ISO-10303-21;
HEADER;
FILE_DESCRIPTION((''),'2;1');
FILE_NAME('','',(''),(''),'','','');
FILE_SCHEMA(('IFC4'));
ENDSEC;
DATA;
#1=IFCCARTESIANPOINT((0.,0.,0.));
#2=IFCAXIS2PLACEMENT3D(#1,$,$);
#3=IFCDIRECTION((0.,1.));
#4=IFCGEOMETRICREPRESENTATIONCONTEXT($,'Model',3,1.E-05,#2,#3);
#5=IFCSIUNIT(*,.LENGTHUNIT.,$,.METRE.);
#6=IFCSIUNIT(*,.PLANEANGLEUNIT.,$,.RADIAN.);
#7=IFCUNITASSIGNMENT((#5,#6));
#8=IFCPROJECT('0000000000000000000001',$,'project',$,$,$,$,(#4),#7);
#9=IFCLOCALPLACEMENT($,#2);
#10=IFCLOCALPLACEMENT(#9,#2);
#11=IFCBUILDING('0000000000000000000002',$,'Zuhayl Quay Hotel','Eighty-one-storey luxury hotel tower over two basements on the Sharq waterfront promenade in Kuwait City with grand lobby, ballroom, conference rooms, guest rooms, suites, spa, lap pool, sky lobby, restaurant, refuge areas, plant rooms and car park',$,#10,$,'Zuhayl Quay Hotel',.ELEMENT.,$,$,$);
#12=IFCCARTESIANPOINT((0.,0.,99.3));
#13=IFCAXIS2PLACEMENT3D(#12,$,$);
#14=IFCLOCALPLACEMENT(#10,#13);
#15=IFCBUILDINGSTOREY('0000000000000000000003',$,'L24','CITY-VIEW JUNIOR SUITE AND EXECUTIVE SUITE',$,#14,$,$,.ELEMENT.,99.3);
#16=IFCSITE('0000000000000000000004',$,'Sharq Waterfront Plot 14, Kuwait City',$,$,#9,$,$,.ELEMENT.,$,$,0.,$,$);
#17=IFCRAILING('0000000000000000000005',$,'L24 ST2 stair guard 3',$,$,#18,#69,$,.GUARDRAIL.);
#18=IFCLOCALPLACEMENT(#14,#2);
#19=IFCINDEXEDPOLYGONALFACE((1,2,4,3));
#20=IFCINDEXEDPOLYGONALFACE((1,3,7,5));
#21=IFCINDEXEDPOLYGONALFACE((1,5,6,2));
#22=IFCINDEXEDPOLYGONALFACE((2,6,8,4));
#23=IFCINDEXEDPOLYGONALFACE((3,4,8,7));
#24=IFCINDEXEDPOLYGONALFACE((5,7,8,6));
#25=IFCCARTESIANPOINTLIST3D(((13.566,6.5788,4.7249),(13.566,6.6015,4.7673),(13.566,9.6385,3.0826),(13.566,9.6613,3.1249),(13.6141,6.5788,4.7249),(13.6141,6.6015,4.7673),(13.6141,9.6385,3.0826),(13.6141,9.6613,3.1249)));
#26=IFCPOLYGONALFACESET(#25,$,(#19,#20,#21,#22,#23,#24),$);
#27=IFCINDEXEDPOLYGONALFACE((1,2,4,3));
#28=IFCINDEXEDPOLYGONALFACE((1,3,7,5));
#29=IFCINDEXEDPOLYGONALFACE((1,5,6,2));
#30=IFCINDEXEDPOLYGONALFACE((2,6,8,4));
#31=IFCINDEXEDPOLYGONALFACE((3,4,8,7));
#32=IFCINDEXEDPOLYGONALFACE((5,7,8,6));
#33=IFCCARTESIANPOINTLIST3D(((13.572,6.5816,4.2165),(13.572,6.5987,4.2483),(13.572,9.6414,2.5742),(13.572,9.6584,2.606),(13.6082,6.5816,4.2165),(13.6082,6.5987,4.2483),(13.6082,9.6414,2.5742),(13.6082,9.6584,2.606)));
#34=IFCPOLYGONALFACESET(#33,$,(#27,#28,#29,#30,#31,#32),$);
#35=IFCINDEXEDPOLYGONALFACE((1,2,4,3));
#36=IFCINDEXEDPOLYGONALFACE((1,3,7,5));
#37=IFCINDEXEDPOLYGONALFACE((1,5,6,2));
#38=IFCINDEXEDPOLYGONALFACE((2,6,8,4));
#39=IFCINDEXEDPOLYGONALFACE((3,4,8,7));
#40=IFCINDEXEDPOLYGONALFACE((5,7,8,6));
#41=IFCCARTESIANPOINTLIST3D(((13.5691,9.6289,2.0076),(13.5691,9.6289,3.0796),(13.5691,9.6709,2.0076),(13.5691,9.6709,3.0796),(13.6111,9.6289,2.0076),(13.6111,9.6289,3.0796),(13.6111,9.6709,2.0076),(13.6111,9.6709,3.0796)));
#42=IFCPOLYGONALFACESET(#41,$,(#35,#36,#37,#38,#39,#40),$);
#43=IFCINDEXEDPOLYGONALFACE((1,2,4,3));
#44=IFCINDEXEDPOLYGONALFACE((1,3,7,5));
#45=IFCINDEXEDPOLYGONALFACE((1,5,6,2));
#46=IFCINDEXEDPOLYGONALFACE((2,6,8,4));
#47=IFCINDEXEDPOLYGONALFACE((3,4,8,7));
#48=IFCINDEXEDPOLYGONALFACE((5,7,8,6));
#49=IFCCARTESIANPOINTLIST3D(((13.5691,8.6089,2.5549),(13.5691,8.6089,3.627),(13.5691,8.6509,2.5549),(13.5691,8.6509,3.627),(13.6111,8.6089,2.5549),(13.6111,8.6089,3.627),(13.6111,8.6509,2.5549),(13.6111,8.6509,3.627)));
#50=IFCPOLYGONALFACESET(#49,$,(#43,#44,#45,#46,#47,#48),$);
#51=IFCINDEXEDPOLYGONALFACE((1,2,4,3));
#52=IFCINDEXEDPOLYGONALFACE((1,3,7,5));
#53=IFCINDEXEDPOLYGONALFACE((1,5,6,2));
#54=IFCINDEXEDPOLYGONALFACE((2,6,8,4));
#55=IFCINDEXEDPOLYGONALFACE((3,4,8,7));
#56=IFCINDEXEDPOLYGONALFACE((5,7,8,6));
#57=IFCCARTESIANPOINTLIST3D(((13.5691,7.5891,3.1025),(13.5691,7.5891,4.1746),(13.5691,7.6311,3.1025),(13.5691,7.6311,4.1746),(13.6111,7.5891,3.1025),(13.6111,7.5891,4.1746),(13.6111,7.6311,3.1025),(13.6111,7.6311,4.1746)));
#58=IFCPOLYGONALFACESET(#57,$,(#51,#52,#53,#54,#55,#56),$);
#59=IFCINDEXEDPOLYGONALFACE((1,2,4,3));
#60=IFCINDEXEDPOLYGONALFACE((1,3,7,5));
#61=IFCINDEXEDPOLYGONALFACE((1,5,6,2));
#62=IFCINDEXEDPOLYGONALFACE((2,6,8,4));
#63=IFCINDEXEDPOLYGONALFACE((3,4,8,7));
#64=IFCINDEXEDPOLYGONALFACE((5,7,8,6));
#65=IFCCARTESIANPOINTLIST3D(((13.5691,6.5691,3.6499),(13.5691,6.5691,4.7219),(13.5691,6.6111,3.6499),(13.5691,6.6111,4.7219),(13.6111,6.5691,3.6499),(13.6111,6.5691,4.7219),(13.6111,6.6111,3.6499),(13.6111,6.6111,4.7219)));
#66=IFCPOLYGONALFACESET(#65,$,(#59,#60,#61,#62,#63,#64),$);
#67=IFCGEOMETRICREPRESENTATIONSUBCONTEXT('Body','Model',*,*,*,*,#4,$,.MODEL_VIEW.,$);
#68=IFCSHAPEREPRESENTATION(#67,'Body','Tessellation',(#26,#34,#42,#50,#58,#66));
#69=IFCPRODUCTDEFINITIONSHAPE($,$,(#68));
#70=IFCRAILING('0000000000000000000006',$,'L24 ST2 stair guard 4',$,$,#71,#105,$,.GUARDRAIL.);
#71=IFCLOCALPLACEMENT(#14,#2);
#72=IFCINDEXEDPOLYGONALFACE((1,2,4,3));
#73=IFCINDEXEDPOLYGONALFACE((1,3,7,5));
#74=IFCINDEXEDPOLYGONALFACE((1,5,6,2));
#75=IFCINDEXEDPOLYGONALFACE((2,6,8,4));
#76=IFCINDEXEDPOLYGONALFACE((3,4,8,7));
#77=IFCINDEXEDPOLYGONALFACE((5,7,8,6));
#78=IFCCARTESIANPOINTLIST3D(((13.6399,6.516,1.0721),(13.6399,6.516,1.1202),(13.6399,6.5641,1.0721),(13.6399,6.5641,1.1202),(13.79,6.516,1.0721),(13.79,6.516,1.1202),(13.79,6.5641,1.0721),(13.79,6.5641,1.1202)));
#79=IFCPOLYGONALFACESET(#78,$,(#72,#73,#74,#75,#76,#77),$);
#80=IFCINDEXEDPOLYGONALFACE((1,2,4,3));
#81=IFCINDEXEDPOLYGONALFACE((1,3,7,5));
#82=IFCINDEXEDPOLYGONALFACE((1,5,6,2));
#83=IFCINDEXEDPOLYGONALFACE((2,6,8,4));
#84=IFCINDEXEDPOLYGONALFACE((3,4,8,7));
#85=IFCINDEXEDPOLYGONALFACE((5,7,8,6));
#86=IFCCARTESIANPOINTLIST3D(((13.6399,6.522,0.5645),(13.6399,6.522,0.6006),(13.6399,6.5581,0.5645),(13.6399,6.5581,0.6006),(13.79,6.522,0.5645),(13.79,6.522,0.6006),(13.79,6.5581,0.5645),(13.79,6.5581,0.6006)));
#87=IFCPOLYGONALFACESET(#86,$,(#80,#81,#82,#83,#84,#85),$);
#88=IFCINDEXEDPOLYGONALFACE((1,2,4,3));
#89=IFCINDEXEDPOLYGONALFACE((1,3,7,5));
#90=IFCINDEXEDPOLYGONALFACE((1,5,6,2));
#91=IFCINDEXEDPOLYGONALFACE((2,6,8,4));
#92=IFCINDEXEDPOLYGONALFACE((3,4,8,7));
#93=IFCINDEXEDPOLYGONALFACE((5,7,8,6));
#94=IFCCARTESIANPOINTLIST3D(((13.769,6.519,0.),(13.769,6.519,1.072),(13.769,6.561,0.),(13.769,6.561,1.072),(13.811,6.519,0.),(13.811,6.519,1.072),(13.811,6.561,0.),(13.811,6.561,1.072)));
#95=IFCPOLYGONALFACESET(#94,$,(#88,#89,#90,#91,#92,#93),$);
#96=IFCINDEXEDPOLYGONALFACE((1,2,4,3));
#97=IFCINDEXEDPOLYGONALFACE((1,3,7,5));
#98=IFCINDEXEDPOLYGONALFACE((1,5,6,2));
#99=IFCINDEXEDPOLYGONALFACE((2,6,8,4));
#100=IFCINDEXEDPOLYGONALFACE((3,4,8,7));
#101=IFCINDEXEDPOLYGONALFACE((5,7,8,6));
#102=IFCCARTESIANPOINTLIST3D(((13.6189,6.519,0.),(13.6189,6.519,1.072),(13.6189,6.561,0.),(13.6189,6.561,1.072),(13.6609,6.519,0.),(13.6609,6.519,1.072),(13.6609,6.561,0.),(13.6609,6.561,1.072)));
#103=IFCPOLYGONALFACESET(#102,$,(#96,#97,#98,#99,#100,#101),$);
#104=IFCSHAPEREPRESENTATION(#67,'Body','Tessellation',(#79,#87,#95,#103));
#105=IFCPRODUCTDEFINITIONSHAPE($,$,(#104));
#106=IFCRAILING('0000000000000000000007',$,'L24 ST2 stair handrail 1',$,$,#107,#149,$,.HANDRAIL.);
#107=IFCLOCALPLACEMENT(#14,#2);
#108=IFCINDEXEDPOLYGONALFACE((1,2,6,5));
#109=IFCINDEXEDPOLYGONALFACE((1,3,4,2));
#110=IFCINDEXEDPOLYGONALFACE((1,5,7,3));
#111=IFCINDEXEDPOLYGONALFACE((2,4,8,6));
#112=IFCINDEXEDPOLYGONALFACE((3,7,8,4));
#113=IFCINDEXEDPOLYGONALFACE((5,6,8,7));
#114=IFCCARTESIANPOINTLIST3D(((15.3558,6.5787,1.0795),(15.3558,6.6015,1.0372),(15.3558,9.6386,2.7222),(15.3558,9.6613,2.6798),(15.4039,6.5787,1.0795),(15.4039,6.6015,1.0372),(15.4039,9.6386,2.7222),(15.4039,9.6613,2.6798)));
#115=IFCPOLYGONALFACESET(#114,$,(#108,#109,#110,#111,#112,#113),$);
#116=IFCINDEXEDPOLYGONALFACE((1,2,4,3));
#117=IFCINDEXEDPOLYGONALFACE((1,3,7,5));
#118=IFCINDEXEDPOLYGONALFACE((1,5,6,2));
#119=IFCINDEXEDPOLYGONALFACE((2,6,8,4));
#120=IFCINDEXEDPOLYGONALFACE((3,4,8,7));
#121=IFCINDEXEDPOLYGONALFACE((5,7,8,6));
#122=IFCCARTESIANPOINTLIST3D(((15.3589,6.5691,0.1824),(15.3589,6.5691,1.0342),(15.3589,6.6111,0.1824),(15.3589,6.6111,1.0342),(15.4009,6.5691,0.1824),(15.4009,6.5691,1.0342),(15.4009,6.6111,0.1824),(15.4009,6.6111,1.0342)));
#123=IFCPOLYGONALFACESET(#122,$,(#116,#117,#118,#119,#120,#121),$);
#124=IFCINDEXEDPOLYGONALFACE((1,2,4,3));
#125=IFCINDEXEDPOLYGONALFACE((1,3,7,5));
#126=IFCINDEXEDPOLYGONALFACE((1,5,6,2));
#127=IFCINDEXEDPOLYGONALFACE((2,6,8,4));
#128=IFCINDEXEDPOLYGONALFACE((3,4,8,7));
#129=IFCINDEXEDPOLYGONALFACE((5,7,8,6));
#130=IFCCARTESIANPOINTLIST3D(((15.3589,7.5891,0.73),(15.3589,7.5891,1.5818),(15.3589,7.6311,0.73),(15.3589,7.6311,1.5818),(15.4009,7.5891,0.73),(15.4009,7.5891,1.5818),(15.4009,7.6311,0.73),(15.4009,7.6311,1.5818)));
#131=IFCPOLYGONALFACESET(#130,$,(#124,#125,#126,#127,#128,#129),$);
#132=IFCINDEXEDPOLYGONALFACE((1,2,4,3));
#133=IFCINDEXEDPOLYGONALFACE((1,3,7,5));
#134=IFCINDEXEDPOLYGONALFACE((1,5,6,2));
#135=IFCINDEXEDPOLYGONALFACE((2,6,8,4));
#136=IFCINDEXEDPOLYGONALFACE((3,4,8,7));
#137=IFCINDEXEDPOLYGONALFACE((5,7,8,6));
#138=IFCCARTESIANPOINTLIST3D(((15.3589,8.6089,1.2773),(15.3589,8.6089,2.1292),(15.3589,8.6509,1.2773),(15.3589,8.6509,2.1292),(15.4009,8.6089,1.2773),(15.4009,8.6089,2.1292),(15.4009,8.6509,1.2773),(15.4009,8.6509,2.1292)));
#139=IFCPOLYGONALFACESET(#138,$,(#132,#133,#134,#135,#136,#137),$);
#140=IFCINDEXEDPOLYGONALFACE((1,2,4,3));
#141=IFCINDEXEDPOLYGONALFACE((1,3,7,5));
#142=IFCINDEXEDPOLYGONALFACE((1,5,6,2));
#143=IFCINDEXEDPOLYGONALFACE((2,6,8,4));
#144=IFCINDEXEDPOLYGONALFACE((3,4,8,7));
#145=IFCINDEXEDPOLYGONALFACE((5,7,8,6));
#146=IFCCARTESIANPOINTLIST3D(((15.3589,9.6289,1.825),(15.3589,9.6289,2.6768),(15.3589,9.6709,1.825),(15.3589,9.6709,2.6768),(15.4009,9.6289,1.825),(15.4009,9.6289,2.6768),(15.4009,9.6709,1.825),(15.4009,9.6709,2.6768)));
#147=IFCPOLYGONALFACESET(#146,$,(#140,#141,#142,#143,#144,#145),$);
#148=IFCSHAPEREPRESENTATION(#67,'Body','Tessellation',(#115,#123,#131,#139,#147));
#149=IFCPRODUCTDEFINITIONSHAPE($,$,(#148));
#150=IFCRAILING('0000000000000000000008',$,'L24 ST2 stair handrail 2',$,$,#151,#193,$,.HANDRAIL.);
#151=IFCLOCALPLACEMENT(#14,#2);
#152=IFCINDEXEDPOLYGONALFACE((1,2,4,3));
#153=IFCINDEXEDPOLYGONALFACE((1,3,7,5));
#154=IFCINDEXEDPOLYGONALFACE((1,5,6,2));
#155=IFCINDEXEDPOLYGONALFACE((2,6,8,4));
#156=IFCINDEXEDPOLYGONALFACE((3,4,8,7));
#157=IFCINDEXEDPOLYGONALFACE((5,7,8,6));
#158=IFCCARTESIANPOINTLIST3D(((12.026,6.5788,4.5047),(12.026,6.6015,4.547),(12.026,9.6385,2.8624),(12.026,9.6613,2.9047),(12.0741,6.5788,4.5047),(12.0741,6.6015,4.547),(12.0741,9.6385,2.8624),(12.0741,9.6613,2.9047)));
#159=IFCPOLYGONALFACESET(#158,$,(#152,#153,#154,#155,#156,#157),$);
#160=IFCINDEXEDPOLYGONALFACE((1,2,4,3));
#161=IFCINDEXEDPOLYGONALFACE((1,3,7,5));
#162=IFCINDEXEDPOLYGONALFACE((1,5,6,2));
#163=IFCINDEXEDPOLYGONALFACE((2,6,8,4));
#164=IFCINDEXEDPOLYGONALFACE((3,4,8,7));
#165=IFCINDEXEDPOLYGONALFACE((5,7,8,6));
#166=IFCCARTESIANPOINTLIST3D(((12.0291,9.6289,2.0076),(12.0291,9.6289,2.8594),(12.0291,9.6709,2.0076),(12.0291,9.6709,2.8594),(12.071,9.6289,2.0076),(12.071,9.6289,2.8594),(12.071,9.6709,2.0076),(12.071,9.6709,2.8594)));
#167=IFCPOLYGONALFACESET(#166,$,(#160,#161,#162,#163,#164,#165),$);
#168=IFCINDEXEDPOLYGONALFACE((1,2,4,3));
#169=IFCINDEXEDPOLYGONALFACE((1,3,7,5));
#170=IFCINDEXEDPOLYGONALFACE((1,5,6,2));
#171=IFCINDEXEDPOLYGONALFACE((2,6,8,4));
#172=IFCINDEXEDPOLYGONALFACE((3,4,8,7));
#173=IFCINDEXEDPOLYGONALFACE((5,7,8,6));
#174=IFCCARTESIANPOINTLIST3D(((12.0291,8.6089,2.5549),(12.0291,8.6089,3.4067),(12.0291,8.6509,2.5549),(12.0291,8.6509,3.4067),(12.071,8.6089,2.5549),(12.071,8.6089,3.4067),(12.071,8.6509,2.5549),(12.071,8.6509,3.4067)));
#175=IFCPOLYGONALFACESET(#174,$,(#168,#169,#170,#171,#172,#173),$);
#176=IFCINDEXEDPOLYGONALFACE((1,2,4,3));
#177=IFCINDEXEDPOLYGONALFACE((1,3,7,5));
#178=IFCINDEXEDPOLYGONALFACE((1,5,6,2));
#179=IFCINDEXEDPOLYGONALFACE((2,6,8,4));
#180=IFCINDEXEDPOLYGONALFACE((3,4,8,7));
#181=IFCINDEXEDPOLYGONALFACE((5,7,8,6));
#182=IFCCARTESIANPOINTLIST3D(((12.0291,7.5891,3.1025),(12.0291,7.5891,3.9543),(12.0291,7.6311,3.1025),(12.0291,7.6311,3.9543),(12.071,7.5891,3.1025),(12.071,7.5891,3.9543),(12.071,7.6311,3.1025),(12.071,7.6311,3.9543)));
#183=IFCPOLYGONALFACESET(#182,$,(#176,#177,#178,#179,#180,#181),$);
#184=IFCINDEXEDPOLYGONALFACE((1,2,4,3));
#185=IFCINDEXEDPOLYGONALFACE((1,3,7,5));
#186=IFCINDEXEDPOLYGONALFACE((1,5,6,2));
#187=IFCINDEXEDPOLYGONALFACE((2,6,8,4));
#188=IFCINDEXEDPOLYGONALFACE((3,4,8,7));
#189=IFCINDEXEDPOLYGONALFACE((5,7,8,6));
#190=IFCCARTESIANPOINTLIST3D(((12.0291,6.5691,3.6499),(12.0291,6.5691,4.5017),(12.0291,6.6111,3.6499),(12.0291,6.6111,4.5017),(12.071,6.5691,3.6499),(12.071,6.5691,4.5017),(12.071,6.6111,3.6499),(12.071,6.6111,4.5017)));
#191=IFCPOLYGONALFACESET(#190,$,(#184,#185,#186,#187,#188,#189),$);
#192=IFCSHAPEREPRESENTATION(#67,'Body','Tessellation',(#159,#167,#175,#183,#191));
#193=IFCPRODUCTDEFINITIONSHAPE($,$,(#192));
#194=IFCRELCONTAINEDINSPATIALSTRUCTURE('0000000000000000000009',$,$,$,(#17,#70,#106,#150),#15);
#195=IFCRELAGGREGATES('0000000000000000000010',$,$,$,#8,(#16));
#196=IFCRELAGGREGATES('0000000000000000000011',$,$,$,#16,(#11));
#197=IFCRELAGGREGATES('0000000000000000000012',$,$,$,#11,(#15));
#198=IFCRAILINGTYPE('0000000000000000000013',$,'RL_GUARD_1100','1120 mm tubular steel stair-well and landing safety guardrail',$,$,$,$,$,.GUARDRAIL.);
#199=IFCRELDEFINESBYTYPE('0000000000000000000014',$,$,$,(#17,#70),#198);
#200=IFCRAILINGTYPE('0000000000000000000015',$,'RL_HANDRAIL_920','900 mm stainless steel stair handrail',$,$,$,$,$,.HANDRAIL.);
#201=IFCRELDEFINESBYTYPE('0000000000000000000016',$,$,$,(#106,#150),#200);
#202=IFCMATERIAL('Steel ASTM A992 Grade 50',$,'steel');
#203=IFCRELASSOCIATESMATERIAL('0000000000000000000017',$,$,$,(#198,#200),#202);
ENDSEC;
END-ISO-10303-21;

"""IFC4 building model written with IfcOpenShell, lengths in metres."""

from ifc_helpers import new_model, si_unit, direction, frame, origin, origin_2d, place, context, subcontext, project, spatial, rectangle, extrude, material, type_object, element, save


model = new_model("IFC4")

# Units and contexts
model_context = context("Model", 3, precision=1e-05, world=origin(), true_north=direction((0.0, 1.0)))
body_context = subcontext(model_context, "Body", "Model", "MODEL_VIEW")
ifc_project = project(units=[si_unit("LENGTHUNIT", "METRE"), si_unit("PLANEANGLEUNIT", "RADIAN")], contexts=[model_context])

# Site, building, storey
site_placement = place(None, origin())
site = spatial("IfcSite", under=ifc_project, at=site_placement, Name="Sharq Waterfront Plot 14, Kuwait City", CompositionType="ELEMENT", RefElevation=0.0)
building_placement = place(site_placement, origin())
building = spatial("IfcBuilding", under=site, at=building_placement, Name="Zuhayl Quay Hotel", Description="Eighty-one-storey luxury hotel tower over two basements on the Sharq waterfront promenade in Kuwait City with grand lobby, ballroom, conference rooms, guest rooms, suites, spa, lap pool, sky lobby, restaurant, refuge areas, plant rooms and car park", LongName="Zuhayl Quay Hotel", CompositionType="ELEMENT")
storey_placement = place(building_placement, frame((0.0, 0.0, 99.3)))
storey = spatial("IfcBuildingStorey", under=building, at=storey_placement, Name="L24", Description="CITY-VIEW JUNIOR SUITE AND EXECUTIVE SUITE", CompositionType="ELEMENT", Elevation=99.3)

# Shared definitions
ifc_material_1 = material(Name="Steel ASTM A992 Grade 50", Category="steel")

# Railings
railing_type_1 = type_object("IfcRailingType", Name="RL_GUARD_1100", Description="1120 mm tubular steel stair-well and landing safety guardrail", PredefinedType="GUARDRAIL", material=ifc_material_1)
railing_1_placement = place(storey_placement, frame((13.5901, 9.6499, 2.0076)))
element("IfcRailing", 1, at=railing_1_placement, inside=storey, type_object=railing_type_1, Name="L24 ST2 stair guard 3", PredefinedType="GUARDRAIL", context=body_context, shape_type="SweptSolid", body=[
    extrude(rectangle(XDim=0.0481, YDim=0.0481, at=origin_2d()), frame((0.0, 0.0, 1.0962), z_axis=(0.0, -0.881102, 0.472926), x_axis=(1.0, 0.0, 0.0)), (0.0, 0.0, 1.0), 3.4727),
    extrude(rectangle(XDim=0.0361, YDim=0.0361, at=origin_2d()), frame((0.0, 0.0, 0.5825), z_axis=(0.0, -0.881102, 0.472926), x_axis=(1.0, 0.0, 0.0)), (0.0, 0.0, 1.0), 3.4727),
    extrude(rectangle(XDim=0.042, YDim=0.042, at=origin_2d()), origin(), (0.0, 0.0, 1.0), 1.072),
    extrude(rectangle(XDim=0.042, YDim=0.042, at=origin_2d()), frame((0.0, -1.02, 0.5474)), (0.0, 0.0, 1.0), 1.072),
    extrude(rectangle(XDim=0.042, YDim=0.042, at=origin_2d()), frame((0.0, -2.0398, 1.095)), (0.0, 0.0, 1.0), 1.072),
    extrude(rectangle(XDim=0.042, YDim=0.042, at=origin_2d()), frame((0.0, -3.0598, 1.6423)), (0.0, 0.0, 1.0), 1.072),
])
railing_2_placement = place(storey_placement, frame((13.79, 6.54, 0.0)))
element("IfcRailing", 2, at=railing_2_placement, inside=storey, type_object=railing_type_1, Name="L24 ST2 stair guard 4", PredefinedType="GUARDRAIL", context=body_context, shape_type="SweptSolid", body=[
    extrude(rectangle(XDim=0.0481, YDim=0.0481, at=origin_2d()), frame((0.0, 0.0, 1.0962), z_axis=(-1.0, 0.0, 0.0), x_axis=(0.0, -1.0, 0.0)), (0.0, 0.0, 1.0), 0.1501),
    extrude(rectangle(XDim=0.0361, YDim=0.0361, at=origin_2d()), frame((0.0, 0.0, 0.5825), z_axis=(-1.0, 0.0, 0.0), x_axis=(0.0, -1.0, 0.0)), (0.0, 0.0, 1.0), 0.1501),
    extrude(rectangle(XDim=0.042, YDim=0.042, at=origin_2d()), origin(), (0.0, 0.0, 1.0), 1.072),
    extrude(rectangle(XDim=0.042, YDim=0.042, at=origin_2d()), frame((-0.1501, 0.0, 0.0)), (0.0, 0.0, 1.0), 1.072),
])
railing_type_2 = type_object("IfcRailingType", Name="RL_HANDRAIL_920", Description="900 mm stainless steel stair handrail", PredefinedType="HANDRAIL", material=ifc_material_1)
railing_3_placement = place(storey_placement, frame((15.3799, 6.5901, 0.1824)))
element("IfcRailing", 3, at=railing_3_placement, inside=storey, type_object=railing_type_2, Name="L24 ST2 stair handrail 1", PredefinedType="HANDRAIL", context=body_context, shape_type="SweptSolid", body=[
    extrude(rectangle(XDim=0.0481, YDim=0.0481, at=origin_2d()), frame((0.0, 0.0, 0.876), z_axis=(0.0, 0.881073, 0.47298), x_axis=(-1.0, 0.0, 0.0)), (0.0, 0.0, 1.0), 3.4729),
    extrude(rectangle(XDim=0.042, YDim=0.042, at=origin_2d()), origin(), (0.0, 0.0, 1.0), 0.8518),
    extrude(rectangle(XDim=0.042, YDim=0.042, at=origin_2d()), frame((0.0, 1.02, 0.5476)), (0.0, 0.0, 1.0), 0.8518),
    extrude(rectangle(XDim=0.042, YDim=0.042, at=origin_2d()), frame((0.0, 2.0398, 1.095)), (0.0, 0.0, 1.0), 0.8518),
    extrude(rectangle(XDim=0.042, YDim=0.042, at=origin_2d()), frame((0.0, 3.0598, 1.6426)), (0.0, 0.0, 1.0), 0.8518),
])
railing_4_placement = place(storey_placement, frame((12.05, 9.6499, 2.0076)))
element("IfcRailing", 4, at=railing_4_placement, inside=storey, type_object=railing_type_2, Name="L24 ST2 stair handrail 2", PredefinedType="HANDRAIL", context=body_context, shape_type="SweptSolid", body=[
    extrude(rectangle(XDim=0.0481, YDim=0.0481, at=origin_2d()), frame((0.0, 0.0, 0.876), z_axis=(0.0, -0.881102, 0.472926), x_axis=(1.0, 0.0, 0.0)), (0.0, 0.0, 1.0), 3.4727),
    extrude(rectangle(XDim=0.042, YDim=0.042, at=origin_2d()), origin(), (0.0, 0.0, 1.0), 0.8518),
    extrude(rectangle(XDim=0.042, YDim=0.042, at=origin_2d()), frame((0.0, -1.02, 0.5474)), (0.0, 0.0, 1.0), 0.8518),
    extrude(rectangle(XDim=0.042, YDim=0.042, at=origin_2d()), frame((0.0, -2.0398, 1.095)), (0.0, 0.0, 1.0), 0.8518),
    extrude(rectangle(XDim=0.042, YDim=0.042, at=origin_2d()), frame((0.0, -3.0598, 1.6423)), (0.0, 0.0, 1.0), 0.8518),
])

save(model, "model.ifc")
